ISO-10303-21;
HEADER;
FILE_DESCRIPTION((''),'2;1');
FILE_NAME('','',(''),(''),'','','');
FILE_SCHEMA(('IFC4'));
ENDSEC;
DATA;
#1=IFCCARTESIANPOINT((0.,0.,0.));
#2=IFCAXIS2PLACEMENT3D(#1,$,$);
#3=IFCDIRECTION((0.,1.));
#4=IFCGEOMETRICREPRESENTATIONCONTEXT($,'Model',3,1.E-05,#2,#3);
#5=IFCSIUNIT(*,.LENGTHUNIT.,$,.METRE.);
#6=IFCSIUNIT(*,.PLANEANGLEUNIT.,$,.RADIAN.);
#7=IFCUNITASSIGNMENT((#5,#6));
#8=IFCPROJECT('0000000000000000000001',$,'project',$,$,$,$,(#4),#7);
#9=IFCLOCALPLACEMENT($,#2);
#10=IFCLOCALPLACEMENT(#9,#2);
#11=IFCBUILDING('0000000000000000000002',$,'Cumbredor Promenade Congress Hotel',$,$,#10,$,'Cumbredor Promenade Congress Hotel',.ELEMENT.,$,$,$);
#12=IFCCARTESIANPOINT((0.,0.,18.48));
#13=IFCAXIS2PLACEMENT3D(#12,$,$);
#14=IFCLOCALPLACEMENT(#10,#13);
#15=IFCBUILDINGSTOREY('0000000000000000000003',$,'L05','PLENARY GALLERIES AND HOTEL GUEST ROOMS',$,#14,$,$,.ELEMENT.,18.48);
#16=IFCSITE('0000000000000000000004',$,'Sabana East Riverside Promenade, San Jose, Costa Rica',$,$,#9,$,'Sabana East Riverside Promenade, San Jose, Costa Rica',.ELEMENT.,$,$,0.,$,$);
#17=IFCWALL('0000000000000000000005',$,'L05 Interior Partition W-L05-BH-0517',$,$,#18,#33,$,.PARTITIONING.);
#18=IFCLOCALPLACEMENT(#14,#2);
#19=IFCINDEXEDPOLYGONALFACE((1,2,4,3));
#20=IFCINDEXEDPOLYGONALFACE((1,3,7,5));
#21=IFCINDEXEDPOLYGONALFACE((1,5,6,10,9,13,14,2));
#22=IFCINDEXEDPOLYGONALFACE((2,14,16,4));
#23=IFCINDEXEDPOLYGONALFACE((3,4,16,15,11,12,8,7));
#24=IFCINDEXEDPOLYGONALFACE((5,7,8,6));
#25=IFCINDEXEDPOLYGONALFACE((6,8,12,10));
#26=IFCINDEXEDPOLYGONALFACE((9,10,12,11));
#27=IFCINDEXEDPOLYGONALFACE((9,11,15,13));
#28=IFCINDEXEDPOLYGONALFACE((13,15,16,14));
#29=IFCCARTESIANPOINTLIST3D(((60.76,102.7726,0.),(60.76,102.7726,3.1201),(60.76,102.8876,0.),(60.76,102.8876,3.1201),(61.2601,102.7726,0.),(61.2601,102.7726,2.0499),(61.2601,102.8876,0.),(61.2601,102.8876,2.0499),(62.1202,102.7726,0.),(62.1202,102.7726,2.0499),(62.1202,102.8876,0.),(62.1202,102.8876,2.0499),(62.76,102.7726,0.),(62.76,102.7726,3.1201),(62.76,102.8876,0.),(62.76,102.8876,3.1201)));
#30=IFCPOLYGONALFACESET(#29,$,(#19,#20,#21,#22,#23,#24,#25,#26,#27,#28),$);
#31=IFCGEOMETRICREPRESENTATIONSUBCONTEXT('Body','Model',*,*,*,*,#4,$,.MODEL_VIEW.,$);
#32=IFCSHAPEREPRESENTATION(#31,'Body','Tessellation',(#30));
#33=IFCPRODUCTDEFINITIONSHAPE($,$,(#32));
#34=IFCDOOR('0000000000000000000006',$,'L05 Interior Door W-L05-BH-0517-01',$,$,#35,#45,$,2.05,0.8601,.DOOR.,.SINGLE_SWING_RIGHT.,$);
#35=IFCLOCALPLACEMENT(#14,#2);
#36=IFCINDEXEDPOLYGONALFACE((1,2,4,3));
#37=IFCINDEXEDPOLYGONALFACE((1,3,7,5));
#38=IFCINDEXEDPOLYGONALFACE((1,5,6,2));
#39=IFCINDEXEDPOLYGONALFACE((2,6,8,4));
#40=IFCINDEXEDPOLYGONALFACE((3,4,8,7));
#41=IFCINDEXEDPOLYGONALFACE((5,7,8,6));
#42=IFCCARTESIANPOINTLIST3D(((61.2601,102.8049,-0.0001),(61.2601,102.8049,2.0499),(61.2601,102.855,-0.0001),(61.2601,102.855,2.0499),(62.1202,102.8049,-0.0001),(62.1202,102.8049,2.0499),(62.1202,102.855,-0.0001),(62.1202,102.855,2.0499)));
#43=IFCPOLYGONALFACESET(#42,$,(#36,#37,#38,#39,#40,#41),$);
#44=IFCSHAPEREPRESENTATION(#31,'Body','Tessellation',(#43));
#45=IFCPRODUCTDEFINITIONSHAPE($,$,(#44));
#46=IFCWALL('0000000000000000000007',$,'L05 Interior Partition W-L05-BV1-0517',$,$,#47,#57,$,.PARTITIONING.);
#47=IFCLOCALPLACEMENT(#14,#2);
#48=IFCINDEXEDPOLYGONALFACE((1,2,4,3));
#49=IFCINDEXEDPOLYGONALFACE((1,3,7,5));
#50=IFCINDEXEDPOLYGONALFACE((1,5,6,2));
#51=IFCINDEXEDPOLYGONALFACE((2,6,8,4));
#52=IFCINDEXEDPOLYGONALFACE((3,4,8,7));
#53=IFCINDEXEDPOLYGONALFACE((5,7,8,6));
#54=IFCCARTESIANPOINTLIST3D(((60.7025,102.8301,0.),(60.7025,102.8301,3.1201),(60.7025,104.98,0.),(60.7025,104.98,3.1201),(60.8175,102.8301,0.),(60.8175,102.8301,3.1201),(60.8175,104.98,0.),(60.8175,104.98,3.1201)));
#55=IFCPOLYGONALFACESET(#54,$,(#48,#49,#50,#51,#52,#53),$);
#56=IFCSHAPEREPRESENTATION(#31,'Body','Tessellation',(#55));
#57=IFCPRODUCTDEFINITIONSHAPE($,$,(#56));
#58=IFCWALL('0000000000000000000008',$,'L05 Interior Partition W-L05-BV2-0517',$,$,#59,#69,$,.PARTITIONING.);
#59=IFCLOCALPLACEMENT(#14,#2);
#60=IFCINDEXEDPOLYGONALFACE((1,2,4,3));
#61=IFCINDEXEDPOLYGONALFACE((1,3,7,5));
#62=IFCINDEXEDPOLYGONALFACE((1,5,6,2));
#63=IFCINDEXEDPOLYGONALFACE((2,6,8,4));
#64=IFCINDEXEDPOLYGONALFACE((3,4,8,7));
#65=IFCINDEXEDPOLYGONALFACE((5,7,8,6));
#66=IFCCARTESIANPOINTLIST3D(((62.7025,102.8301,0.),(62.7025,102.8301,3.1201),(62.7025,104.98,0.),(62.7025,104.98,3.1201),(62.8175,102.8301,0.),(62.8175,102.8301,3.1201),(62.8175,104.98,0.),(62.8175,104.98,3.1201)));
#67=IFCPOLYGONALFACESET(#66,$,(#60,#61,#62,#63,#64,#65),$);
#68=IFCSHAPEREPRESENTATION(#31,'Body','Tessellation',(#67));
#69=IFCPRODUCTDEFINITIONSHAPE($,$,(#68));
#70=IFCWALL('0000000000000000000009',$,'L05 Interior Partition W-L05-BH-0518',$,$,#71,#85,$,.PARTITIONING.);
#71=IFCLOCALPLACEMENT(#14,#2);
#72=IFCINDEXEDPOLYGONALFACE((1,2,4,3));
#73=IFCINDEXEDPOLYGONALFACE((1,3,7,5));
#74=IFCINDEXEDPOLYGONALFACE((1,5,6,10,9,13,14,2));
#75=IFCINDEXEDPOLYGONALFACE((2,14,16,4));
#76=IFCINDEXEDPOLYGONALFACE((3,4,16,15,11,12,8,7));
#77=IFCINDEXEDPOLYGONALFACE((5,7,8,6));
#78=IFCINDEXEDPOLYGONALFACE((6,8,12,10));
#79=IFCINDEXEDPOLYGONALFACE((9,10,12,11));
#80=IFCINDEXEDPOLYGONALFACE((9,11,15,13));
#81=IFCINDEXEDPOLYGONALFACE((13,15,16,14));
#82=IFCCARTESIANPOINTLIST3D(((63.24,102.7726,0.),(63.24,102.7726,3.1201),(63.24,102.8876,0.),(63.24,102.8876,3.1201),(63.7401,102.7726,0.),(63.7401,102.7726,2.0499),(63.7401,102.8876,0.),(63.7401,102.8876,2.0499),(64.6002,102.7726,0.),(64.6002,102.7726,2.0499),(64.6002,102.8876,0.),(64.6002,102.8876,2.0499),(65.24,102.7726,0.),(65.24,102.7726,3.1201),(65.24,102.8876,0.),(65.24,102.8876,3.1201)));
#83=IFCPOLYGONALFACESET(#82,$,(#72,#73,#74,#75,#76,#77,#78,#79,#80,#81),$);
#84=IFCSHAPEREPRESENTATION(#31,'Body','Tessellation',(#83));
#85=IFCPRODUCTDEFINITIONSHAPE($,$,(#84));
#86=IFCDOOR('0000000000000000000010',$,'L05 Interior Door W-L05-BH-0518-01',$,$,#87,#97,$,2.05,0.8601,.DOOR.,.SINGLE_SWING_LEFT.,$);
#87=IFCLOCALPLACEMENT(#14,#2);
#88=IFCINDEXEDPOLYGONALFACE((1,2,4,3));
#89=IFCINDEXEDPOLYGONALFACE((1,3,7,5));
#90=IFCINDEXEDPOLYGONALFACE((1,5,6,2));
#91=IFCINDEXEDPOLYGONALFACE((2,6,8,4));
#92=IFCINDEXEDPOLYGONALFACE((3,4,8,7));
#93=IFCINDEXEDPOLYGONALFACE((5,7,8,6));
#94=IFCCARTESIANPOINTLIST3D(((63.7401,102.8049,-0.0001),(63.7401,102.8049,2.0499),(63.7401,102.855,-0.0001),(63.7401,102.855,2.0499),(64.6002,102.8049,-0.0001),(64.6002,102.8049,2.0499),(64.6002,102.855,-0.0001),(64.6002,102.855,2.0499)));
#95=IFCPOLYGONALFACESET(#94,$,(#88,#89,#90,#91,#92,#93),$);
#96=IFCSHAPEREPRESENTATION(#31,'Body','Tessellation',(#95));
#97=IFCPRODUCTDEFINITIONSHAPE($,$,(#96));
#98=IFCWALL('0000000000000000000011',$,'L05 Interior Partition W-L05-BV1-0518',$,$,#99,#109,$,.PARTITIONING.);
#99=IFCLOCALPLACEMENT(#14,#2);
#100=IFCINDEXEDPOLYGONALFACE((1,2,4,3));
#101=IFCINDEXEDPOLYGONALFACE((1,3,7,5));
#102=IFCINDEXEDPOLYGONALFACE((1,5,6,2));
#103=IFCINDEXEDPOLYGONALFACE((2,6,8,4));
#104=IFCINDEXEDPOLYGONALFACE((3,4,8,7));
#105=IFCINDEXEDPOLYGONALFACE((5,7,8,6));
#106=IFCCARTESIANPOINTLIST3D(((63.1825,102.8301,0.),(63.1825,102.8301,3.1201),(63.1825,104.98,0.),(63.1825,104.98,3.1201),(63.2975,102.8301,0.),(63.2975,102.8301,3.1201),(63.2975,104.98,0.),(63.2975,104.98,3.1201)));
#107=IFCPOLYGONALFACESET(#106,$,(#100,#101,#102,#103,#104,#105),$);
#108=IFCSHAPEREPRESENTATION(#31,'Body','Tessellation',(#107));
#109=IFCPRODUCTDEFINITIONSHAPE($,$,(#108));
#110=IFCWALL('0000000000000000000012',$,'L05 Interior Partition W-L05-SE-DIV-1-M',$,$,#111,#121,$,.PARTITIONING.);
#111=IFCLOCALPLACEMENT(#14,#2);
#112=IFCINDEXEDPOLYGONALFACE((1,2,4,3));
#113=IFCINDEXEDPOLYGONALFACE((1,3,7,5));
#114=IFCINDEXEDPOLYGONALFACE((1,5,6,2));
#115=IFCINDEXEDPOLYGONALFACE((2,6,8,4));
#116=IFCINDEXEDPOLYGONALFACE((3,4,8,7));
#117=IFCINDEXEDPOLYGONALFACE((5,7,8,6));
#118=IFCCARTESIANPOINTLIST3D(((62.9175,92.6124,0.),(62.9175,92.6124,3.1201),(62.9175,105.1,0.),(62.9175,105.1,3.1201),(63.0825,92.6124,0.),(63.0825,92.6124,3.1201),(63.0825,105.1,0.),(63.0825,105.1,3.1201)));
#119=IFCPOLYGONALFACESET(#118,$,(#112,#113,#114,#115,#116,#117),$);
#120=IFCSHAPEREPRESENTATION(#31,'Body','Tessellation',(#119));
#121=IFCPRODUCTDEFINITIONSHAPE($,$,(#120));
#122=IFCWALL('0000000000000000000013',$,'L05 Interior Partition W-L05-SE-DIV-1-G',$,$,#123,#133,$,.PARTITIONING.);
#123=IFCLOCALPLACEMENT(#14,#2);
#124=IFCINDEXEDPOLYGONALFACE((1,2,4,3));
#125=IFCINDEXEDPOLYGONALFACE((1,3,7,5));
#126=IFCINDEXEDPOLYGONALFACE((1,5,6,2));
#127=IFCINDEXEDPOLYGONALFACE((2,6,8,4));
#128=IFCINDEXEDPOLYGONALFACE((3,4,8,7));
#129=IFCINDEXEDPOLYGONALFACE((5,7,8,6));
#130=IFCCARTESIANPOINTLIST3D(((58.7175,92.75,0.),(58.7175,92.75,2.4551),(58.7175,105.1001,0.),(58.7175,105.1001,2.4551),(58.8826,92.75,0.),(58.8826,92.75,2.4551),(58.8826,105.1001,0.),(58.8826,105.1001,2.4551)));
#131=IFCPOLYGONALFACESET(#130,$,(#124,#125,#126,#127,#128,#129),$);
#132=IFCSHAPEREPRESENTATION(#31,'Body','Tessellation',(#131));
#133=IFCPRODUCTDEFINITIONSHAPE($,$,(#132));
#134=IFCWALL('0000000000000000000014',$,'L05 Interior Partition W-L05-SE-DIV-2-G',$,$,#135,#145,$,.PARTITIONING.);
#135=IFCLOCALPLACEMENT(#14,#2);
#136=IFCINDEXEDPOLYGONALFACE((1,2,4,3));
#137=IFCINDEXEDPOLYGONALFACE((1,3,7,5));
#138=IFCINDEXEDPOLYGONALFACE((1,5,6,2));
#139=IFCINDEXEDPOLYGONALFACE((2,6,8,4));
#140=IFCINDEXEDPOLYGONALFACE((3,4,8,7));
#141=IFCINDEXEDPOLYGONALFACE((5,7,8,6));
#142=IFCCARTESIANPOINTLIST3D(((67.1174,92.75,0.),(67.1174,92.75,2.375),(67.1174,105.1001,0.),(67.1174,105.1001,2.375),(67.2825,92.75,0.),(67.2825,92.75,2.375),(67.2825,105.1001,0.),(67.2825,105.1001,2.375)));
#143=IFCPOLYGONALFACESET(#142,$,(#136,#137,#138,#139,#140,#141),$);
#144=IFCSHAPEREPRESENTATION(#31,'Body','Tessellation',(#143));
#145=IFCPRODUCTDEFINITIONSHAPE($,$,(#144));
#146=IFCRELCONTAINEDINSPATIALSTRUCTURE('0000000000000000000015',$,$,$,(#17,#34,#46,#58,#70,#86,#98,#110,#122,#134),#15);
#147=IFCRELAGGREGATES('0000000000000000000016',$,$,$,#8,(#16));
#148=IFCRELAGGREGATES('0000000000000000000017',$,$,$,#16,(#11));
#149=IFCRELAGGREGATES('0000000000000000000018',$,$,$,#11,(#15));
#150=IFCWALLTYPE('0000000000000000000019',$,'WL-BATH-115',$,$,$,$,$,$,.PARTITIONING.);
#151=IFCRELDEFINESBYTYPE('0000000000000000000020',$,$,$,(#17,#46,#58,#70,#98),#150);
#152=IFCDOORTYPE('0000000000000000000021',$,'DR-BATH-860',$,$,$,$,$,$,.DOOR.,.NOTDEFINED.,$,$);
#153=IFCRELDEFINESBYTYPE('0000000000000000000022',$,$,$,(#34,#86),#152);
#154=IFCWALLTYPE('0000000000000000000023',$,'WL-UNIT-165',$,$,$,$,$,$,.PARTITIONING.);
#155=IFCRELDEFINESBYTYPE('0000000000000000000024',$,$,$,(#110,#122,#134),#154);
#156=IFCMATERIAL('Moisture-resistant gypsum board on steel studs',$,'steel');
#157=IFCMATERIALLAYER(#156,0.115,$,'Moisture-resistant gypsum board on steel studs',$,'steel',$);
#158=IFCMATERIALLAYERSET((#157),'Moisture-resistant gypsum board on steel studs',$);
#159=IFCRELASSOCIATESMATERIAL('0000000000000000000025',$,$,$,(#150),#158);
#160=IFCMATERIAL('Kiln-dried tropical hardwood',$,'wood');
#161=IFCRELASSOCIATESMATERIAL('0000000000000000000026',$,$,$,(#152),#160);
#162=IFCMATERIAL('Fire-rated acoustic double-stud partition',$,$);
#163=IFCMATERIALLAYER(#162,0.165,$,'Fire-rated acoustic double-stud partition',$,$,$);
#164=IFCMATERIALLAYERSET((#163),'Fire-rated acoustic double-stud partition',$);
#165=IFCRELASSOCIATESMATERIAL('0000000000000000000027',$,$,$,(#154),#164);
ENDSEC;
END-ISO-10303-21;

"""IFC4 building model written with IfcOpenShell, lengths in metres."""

from ifc_helpers import new_model, si_unit, direction, frame, frame_2d, origin, place, context, subcontext, project, spatial, rectangle, extrude, material, layer, layer_set, type_object, element, fill, save


model = new_model("IFC4")

# Units and contexts
model_context = context("Model", 3, precision=1e-05, world=origin(), true_north=direction((0.0, 1.0)))
body_context = subcontext(model_context, "Body", "Model", "MODEL_VIEW")
ifc_project = project(units=[si_unit("LENGTHUNIT", "METRE"), si_unit("PLANEANGLEUNIT", "RADIAN")], contexts=[model_context])

# Site, building, storey
site_placement = place(None, origin())
site = spatial("IfcSite", under=ifc_project, at=site_placement, Name="Sabana East Riverside Promenade, San Jose, Costa Rica", LongName="Sabana East Riverside Promenade, San Jose, Costa Rica", CompositionType="ELEMENT", RefElevation=0.0)
building_placement = place(site_placement, origin())
building = spatial("IfcBuilding", under=site, at=building_placement, Name="Cumbredor Promenade Congress Hotel", LongName="Cumbredor Promenade Congress Hotel", CompositionType="ELEMENT")
storey_placement = place(building_placement, frame((0.0, 0.0, 18.48)))
storey = spatial("IfcBuildingStorey", under=building, at=storey_placement, Name="L05", Description="PLENARY GALLERIES AND HOTEL GUEST ROOMS", CompositionType="ELEMENT", Elevation=18.48)

# Shared definitions
ifc_material_1 = material(Name="Moisture-resistant gypsum board on steel studs", Category="steel")
ifc_layer_1 = layer(ifc_material_1, 0.115, Name="Moisture-resistant gypsum board on steel studs", Category="steel")
ifc_layer_set_1 = layer_set([ifc_layer_1], Name="Moisture-resistant gypsum board on steel studs")
wall_type_1 = type_object("IfcWallType", Name="WL-BATH-115", PredefinedType="PARTITIONING", material=ifc_layer_set_1)

# Wall, opening, door
wall_1_placement = place(storey_placement, frame((60.76, 102.8301, 0.0), z_axis=(0.0, 0.0, 1.0), x_axis=(1.0, 0.0, 0.0)))
wall_1 = element("IfcWall", 1, at=wall_1_placement, inside=storey, type_object=wall_type_1, Name="L05 Interior Partition W-L05-BH-0517", PredefinedType="PARTITIONING", context=body_context, shape_type="SweptSolid", body=[
    extrude(rectangle(XDim=2.0, YDim=0.115, at=frame_2d((1.0, 0.0))), origin(), (0.0, 0.0, 1.0), 3.1201),
])
opening_1_placement = place(wall_1_placement, frame((0.5, 0.0, 0.0)))
opening_1 = element("IfcOpeningElement", 2, at=opening_1_placement, cuts=wall_1, PredefinedType="OPENING", context=body_context, shape_type="SweptSolid", body=[
    extrude(rectangle(XDim=0.8601, YDim=2.05, at=frame_2d((0.4302, 1.0249))), frame((0.0, 0.0674, 0.0), z_axis=(0.0, -1.0, 0.0), x_axis=(1.0, 0.0, 0.0)), (0.0, 0.0, 1.0), 0.135),
])
ifc_material_2 = material(Name="Kiln-dried tropical hardwood", Category="wood")
door_type = type_object("IfcDoorType", Name="DR-BATH-860", OperationType="NOTDEFINED", PredefinedType="DOOR", material=ifc_material_2)
door_1_placement = place(opening_1_placement, origin())
door_1 = element("IfcDoor", 3, at=door_1_placement, inside=storey, type_object=door_type, Name="L05 Interior Door W-L05-BH-0517-01", OperationType="SINGLE_SWING_RIGHT", OverallHeight=2.05, OverallWidth=0.8601, PredefinedType="DOOR", context=body_context, shape_type="SweptSolid", body=[
    extrude(rectangle(XDim=0.8601, YDim=2.05, at=frame_2d((0.4302, 1.0249))), frame((0.0, 0.0249, 0.0), z_axis=(0.0, -1.0, 0.0), x_axis=(1.0, 0.0, 0.0)), (0.0, 0.0, 1.0), 0.05),
])
fill(opening_1, door_1)

# Walls
for number, where, z_axis, x_axis, name in (
    (4, (60.76, 102.8301, 0.0), (0.0, 0.0, 1.0), (0.0, 1.0, 0.0), "L05 Interior Partition W-L05-BV1-0517"),
    (5, (62.76, 102.8301, 0.0), (0.0, 0.0, 1.0), (0.0, 1.0, 0.0), "L05 Interior Partition W-L05-BV2-0517"),
):
    element("IfcWall", number, at=place(storey_placement, frame(where, z_axis=z_axis, x_axis=x_axis)), inside=storey, type_object=wall_type_1, Name=name, PredefinedType="PARTITIONING", context=body_context, shape_type="SweptSolid", body=[
        extrude(rectangle(XDim=2.1499, YDim=0.115, at=frame_2d((1.075, 0.0))), origin(), (0.0, 0.0, 1.0), 3.1201),
    ])

# Wall, opening, door
wall_2_placement = place(storey_placement, frame((63.24, 102.8301, 0.0), z_axis=(0.0, 0.0, 1.0), x_axis=(1.0, 0.0, 0.0)))
wall_2 = element("IfcWall", 6, at=wall_2_placement, inside=storey, type_object=wall_type_1, Name="L05 Interior Partition W-L05-BH-0518", PredefinedType="PARTITIONING", context=body_context, shape_type="SweptSolid", body=[
    extrude(rectangle(XDim=2.0, YDim=0.115, at=frame_2d((1.0, 0.0))), origin(), (0.0, 0.0, 1.0), 3.1201),
])
opening_2_placement = place(wall_2_placement, frame((0.5, 0.0, 0.0)))
opening_2 = element("IfcOpeningElement", 7, at=opening_2_placement, cuts=wall_2, PredefinedType="OPENING", context=body_context, shape_type="SweptSolid", body=[
    extrude(rectangle(XDim=0.8601, YDim=2.05, at=frame_2d((0.4302, 1.0249))), frame((0.0, 0.0674, 0.0), z_axis=(0.0, -1.0, 0.0), x_axis=(1.0, 0.0, 0.0)), (0.0, 0.0, 1.0), 0.135),
])
door_2_placement = place(opening_2_placement, origin())
door_2 = element("IfcDoor", 8, at=door_2_placement, inside=storey, type_object=door_type, Name="L05 Interior Door W-L05-BH-0518-01", OperationType="SINGLE_SWING_LEFT", OverallHeight=2.05, OverallWidth=0.8601, PredefinedType="DOOR", context=body_context, shape_type="SweptSolid", body=[
    extrude(rectangle(XDim=0.8601, YDim=2.05, at=frame_2d((0.4302, 1.0249))), frame((0.0, 0.0249, 0.0), z_axis=(0.0, -1.0, 0.0), x_axis=(1.0, 0.0, 0.0)), (0.0, 0.0, 1.0), 0.05),
])
fill(opening_2, door_2)

# Walls
wall_3_placement = place(storey_placement, frame((63.24, 102.8301, 0.0), z_axis=(0.0, 0.0, 1.0), x_axis=(0.0, 1.0, 0.0)))
element("IfcWall", 9, at=wall_3_placement, inside=storey, type_object=wall_type_1, Name="L05 Interior Partition W-L05-BV1-0518", PredefinedType="PARTITIONING", context=body_context, shape_type="SweptSolid", body=[
    extrude(rectangle(XDim=2.1499, YDim=0.115, at=frame_2d((1.075, 0.0))), origin(), (0.0, 0.0, 1.0), 3.1201),
])
ifc_material_3 = material(Name="Fire-rated acoustic double-stud partition")
ifc_layer_2 = layer(ifc_material_3, 0.165, Name="Fire-rated acoustic double-stud partition")
ifc_layer_set_2 = layer_set([ifc_layer_2], Name="Fire-rated acoustic double-stud partition")
wall_type_2 = type_object("IfcWallType", Name="WL-UNIT-165", PredefinedType="PARTITIONING", material=ifc_layer_set_2)
wall_4_placement = place(storey_placement, frame((63.0, 92.6125, 0.0), z_axis=(0.0, 0.0, 1.0), x_axis=(0.0, 1.0, 0.0)))
element("IfcWall", 10, at=wall_4_placement, inside=storey, type_object=wall_type_2, Name="L05 Interior Partition W-L05-SE-DIV-1-M", PredefinedType="PARTITIONING", context=body_context, shape_type="SweptSolid", body=[
    extrude(rectangle(XDim=12.4875, YDim=0.165, at=frame_2d((6.2437, 0.0))), origin(), (0.0, 0.0, 1.0), 3.1201),
])
wall_5_placement = place(storey_placement, frame((58.8, 92.75, 0.0), z_axis=(0.0, 0.0, 1.0), x_axis=(0.0, 1.0, 0.0)))
element("IfcWall", 11, at=wall_5_placement, inside=storey, type_object=wall_type_2, Name="L05 Interior Partition W-L05-SE-DIV-1-G", PredefinedType="PARTITIONING", context=body_context, shape_type="SweptSolid", body=[
    extrude(rectangle(XDim=12.3501, YDim=0.165, at=frame_2d((6.175, 0.0))), origin(), (0.0, 0.0, 1.0), 2.4551),
])
wall_6_placement = place(storey_placement, frame((67.2, 92.75, 0.0), z_axis=(0.0, 0.0, 1.0), x_axis=(0.0, 1.0, 0.0)))
element("IfcWall", 12, at=wall_6_placement, inside=storey, type_object=wall_type_2, Name="L05 Interior Partition W-L05-SE-DIV-2-G", PredefinedType="PARTITIONING", context=body_context, shape_type="SweptSolid", body=[
    extrude(rectangle(XDim=12.3501, YDim=0.165, at=frame_2d((6.175, 0.0))), origin(), (0.0, 0.0, 1.0), 2.375),
])

save(model, "model.ifc")
